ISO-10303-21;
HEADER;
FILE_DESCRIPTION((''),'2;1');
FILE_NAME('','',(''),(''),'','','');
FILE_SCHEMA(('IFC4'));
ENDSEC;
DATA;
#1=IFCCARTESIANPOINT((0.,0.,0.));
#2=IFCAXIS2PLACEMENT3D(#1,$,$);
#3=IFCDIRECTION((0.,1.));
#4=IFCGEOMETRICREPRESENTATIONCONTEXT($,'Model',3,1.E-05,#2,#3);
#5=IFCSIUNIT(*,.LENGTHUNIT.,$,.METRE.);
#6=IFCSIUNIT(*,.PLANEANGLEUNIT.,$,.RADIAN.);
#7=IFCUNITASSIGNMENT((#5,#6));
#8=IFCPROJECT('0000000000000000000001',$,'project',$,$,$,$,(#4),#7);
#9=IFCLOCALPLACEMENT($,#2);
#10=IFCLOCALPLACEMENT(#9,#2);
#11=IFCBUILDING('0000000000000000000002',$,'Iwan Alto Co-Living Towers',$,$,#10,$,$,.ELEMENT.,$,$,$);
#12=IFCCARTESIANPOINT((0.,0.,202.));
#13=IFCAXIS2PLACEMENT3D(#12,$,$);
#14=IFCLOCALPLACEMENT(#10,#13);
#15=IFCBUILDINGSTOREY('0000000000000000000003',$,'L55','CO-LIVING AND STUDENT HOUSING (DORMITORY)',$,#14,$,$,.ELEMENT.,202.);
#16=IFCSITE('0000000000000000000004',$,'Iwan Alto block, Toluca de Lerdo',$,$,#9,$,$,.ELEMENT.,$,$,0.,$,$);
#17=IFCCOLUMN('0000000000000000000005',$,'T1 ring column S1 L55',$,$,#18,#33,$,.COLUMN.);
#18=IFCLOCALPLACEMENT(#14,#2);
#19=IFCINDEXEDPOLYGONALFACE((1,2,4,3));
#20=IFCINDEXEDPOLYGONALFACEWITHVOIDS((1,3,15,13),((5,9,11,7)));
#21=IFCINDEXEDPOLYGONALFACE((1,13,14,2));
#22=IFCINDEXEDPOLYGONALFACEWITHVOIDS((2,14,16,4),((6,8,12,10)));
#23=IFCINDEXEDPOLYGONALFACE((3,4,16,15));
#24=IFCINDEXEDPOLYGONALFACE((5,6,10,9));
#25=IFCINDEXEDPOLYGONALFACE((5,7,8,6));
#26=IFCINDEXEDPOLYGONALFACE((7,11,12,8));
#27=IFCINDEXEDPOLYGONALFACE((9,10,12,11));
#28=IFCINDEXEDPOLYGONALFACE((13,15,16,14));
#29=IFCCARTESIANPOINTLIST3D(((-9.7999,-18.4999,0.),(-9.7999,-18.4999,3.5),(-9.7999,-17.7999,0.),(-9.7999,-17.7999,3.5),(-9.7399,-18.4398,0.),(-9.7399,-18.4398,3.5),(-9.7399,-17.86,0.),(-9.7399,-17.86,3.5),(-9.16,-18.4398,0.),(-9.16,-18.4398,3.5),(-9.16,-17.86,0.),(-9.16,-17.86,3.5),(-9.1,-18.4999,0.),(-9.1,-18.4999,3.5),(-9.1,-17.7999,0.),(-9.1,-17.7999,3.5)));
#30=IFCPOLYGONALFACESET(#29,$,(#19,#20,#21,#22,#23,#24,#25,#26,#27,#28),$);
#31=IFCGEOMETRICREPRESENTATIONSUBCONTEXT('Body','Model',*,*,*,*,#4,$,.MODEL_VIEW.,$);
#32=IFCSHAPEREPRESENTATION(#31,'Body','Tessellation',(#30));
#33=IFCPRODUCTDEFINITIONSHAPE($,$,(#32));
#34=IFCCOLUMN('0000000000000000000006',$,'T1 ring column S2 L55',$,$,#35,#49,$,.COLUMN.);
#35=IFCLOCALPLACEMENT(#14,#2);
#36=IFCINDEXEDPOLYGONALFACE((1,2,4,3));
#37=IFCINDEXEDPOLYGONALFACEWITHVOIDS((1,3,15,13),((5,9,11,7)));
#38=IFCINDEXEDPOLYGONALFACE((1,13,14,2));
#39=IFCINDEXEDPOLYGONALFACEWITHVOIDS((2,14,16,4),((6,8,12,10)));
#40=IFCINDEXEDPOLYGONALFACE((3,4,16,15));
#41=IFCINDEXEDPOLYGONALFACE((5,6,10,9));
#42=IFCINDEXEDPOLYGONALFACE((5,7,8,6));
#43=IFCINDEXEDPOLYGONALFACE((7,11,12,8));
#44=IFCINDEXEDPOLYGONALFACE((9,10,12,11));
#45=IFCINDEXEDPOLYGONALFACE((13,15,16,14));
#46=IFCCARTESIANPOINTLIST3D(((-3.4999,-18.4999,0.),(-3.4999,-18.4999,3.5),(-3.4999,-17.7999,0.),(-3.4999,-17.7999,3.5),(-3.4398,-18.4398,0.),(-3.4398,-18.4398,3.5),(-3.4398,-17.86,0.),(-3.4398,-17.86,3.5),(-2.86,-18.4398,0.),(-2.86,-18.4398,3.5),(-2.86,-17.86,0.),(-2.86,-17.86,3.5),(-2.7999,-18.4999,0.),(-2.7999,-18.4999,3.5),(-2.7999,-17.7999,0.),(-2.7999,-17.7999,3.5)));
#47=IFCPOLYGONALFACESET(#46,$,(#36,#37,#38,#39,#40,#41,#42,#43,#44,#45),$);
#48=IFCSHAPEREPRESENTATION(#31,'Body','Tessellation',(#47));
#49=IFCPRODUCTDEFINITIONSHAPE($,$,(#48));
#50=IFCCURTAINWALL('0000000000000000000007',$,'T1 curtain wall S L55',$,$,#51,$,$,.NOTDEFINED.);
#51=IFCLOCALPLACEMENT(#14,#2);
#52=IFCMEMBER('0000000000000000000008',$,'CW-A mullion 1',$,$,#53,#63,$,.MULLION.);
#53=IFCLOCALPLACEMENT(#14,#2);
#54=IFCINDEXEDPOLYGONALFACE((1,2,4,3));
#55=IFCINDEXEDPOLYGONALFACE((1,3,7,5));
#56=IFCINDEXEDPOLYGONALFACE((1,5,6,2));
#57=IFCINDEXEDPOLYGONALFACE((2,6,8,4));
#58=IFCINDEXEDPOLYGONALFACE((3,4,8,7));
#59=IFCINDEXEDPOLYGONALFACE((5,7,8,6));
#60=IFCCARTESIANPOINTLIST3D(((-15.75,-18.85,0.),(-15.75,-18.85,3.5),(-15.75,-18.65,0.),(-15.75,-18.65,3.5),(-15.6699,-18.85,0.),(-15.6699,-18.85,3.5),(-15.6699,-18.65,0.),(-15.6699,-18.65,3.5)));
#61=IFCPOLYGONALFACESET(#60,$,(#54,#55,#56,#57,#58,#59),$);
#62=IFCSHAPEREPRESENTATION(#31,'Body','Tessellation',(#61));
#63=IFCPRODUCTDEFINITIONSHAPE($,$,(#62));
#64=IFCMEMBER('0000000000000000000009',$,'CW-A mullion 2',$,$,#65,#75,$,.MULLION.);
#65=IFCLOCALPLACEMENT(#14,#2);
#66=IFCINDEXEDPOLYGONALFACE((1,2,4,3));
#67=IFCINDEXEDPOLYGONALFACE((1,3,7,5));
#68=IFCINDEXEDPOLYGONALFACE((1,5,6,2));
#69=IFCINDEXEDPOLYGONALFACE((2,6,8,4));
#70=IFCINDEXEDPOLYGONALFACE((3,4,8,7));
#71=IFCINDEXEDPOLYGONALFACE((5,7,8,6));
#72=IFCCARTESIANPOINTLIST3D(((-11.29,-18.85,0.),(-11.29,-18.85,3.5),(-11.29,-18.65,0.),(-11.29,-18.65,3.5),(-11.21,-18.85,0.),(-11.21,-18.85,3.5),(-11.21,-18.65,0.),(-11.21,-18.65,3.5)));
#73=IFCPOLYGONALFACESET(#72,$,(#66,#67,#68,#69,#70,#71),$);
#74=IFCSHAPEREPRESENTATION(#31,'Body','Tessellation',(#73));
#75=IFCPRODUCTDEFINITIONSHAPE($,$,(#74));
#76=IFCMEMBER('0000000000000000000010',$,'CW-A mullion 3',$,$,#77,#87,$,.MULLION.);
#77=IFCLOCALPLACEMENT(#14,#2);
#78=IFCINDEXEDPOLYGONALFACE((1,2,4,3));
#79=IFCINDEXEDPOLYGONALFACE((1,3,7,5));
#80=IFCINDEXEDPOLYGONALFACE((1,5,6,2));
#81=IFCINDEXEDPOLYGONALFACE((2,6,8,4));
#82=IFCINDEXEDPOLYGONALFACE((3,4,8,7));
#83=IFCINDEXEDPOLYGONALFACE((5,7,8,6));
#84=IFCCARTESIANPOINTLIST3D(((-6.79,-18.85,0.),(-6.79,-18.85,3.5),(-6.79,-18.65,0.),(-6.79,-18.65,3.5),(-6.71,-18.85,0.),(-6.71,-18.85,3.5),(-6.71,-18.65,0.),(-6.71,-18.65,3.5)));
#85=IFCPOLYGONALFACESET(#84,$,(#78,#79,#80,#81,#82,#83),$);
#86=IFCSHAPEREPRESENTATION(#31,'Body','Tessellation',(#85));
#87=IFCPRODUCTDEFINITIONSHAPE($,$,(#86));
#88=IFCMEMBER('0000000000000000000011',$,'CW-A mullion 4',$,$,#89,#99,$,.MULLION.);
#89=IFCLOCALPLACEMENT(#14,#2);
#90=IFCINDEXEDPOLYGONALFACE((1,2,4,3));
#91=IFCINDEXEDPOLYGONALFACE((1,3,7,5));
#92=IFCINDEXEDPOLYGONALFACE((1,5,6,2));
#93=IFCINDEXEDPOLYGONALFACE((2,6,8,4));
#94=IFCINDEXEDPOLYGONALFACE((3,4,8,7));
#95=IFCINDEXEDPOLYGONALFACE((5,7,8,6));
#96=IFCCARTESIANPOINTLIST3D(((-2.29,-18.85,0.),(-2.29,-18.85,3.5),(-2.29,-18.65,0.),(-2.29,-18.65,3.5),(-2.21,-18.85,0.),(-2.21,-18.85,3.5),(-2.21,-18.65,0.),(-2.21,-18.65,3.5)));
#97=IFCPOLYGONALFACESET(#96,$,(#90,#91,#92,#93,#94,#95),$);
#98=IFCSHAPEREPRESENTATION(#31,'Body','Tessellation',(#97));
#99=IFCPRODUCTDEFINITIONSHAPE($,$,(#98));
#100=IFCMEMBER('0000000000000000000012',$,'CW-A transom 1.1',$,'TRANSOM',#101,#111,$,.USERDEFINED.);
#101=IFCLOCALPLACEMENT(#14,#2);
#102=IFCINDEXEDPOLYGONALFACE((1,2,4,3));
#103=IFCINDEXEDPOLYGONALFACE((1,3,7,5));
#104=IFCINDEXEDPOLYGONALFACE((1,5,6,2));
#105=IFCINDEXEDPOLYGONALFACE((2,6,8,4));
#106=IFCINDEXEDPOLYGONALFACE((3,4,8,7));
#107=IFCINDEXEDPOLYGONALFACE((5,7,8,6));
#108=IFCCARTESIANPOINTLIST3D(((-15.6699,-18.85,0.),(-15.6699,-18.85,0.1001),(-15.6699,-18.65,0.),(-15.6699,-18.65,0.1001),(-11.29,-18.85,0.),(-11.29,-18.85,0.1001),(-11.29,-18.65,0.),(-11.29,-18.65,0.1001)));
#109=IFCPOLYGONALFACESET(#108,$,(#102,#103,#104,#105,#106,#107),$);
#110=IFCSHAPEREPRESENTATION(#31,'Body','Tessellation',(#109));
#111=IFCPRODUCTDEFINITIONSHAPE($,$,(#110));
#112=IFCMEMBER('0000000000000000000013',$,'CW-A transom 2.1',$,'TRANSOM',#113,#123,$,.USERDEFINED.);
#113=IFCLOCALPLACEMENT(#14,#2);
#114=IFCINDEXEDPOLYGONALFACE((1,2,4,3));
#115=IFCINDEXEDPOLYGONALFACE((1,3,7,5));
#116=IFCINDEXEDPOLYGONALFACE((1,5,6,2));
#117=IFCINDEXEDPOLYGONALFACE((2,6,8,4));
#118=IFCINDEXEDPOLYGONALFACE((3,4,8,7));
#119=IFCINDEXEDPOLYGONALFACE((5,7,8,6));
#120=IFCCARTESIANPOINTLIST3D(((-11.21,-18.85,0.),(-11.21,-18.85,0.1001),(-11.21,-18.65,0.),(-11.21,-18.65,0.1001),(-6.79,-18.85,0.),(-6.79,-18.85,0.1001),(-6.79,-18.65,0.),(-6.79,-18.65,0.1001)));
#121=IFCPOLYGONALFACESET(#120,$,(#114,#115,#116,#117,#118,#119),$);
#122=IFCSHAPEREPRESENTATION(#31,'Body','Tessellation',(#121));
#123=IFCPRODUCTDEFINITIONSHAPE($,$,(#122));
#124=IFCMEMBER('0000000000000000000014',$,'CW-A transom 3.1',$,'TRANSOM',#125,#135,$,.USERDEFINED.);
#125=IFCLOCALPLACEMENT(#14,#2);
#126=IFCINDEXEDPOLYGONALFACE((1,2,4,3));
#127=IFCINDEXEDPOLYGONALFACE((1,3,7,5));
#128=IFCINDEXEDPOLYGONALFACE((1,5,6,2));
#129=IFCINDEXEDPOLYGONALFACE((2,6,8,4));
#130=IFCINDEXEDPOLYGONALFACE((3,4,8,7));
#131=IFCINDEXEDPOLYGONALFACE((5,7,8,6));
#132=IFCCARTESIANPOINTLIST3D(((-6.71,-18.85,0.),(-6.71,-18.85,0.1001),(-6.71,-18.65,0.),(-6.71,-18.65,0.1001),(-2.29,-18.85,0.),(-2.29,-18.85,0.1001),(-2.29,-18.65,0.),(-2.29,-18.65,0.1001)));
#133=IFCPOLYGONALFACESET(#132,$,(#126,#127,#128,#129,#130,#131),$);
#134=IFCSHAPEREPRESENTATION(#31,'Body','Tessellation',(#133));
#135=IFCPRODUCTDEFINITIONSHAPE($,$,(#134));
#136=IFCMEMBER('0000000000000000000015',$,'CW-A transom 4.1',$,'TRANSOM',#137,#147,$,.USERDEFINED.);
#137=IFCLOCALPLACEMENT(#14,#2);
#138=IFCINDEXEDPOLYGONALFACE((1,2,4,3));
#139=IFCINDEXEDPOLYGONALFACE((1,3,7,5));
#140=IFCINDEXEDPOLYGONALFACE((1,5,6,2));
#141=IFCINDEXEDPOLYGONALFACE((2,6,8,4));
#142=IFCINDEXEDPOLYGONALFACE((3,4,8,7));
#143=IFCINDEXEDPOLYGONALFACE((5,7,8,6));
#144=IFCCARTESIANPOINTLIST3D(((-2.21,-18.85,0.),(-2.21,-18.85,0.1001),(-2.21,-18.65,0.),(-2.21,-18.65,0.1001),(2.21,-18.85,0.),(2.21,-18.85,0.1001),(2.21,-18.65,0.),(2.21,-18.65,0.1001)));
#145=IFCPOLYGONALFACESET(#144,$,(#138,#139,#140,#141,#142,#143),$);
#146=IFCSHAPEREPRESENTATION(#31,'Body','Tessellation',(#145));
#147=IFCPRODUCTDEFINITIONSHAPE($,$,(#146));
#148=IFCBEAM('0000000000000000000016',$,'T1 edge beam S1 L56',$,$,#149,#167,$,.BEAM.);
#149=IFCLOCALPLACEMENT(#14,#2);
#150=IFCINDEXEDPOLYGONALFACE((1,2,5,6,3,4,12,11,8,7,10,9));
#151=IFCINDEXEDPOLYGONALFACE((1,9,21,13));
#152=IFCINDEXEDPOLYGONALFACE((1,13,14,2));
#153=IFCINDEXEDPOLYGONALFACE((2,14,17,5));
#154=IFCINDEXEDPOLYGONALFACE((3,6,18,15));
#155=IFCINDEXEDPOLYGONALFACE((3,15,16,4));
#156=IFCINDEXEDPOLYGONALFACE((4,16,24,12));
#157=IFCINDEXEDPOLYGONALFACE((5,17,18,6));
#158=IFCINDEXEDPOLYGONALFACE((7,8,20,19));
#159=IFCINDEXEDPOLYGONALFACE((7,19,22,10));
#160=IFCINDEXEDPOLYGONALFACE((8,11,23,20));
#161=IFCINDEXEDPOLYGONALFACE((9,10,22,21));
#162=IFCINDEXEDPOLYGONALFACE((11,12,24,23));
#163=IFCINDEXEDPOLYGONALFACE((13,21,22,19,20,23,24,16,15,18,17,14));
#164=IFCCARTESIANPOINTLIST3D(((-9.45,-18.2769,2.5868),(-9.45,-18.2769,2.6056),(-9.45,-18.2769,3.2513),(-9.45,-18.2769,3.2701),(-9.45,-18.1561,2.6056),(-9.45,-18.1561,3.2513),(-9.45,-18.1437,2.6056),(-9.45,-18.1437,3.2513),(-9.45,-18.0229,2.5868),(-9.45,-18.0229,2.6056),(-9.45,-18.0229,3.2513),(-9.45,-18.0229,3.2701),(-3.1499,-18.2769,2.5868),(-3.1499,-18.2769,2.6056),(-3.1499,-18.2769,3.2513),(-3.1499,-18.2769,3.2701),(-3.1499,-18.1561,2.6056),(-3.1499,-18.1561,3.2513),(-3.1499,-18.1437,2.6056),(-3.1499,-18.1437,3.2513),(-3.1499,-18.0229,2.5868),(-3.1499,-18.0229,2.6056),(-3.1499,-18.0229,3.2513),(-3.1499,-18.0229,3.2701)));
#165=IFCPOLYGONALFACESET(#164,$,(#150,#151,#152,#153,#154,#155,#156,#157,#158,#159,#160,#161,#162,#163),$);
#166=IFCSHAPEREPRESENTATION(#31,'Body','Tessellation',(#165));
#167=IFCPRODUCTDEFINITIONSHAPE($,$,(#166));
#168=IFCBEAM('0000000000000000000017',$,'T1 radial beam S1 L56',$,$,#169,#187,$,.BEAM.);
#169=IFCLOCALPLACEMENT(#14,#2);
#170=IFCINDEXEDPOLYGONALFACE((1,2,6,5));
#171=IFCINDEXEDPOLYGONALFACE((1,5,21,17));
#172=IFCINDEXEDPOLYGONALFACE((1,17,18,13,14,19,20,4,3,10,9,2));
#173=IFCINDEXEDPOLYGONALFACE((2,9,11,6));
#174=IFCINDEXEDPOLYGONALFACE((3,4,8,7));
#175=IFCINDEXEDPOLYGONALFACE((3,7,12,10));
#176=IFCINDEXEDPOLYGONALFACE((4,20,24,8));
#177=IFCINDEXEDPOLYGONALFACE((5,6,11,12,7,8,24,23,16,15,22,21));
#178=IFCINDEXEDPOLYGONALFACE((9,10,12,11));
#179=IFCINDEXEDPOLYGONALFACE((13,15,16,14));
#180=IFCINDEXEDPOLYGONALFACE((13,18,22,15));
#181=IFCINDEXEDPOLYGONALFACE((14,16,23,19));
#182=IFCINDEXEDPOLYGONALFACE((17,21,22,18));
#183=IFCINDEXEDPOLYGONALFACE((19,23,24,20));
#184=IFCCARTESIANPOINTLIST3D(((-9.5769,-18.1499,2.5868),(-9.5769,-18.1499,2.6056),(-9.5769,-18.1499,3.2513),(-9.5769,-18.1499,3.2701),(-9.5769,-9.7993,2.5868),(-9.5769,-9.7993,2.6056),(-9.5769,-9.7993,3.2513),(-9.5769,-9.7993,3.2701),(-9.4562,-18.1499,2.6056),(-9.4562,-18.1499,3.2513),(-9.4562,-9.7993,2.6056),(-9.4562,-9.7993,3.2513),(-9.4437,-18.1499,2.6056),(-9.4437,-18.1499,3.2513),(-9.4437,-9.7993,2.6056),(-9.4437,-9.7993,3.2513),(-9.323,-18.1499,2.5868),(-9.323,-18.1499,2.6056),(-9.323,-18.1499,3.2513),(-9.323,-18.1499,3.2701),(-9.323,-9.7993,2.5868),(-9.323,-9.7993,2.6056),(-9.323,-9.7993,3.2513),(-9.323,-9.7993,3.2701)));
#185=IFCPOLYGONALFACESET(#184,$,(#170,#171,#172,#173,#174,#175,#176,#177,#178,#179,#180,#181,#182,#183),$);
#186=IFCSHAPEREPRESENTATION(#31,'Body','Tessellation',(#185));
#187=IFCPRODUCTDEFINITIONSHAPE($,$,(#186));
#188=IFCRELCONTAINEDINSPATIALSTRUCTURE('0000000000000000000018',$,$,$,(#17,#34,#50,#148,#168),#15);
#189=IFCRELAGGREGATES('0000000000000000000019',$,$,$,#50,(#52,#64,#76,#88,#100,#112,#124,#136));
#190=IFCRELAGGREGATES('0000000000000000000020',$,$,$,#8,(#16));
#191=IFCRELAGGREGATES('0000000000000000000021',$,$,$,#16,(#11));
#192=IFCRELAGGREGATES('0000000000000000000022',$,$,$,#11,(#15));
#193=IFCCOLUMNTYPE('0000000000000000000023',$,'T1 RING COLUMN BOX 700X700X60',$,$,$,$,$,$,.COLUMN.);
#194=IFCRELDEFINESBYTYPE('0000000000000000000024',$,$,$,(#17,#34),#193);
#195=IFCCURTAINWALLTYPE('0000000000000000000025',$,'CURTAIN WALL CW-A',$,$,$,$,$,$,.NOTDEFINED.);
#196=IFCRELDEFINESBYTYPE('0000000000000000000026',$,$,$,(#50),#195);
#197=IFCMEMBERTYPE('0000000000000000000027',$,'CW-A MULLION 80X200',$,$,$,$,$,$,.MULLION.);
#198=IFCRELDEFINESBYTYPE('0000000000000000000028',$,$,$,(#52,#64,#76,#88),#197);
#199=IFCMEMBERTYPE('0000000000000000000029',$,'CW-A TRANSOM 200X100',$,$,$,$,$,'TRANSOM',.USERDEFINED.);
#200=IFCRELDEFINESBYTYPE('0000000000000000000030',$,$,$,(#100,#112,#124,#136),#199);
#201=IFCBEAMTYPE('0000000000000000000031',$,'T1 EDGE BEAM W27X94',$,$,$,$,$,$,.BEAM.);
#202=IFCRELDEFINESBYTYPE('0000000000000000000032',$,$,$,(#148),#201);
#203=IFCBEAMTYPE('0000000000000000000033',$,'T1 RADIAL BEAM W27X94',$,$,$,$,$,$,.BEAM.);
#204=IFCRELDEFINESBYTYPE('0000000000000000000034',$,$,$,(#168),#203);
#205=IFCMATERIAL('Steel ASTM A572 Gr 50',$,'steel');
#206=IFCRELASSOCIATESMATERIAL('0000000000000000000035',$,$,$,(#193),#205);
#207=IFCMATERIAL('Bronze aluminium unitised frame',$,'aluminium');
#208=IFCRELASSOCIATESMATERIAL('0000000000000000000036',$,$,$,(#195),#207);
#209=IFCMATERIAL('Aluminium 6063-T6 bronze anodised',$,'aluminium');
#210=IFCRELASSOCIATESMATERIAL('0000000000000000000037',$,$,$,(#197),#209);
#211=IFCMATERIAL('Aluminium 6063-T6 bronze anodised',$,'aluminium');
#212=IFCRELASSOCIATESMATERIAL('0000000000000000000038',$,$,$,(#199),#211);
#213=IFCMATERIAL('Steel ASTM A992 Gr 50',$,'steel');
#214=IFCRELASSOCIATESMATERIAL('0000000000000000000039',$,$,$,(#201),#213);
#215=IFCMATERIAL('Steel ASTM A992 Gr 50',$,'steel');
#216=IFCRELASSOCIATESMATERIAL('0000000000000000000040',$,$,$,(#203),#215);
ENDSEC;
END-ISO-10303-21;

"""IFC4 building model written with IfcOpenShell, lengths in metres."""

from ifc_helpers import new_model, si_unit, direction, frame, origin, origin_2d, place, context, subcontext, project, spatial, rectangle, hollow_rectangle, i_section, extrude, material, material_profile, profile_set, type_object, element, aggregate, save


model = new_model("IFC4")

# Units and contexts
model_context = context("Model", 3, precision=1e-05, world=origin(), true_north=direction((0.0, 1.0)))
body_context = subcontext(model_context, "Body", "Model", "MODEL_VIEW")
ifc_project = project(units=[si_unit("LENGTHUNIT", "METRE"), si_unit("PLANEANGLEUNIT", "RADIAN")], contexts=[model_context])

# Site, building, storey
site_placement = place(None, origin())
site = spatial("IfcSite", under=ifc_project, at=site_placement, Name="Iwan Alto block, Toluca de Lerdo", CompositionType="ELEMENT", RefElevation=0.0)
building_placement = place(site_placement, origin())
building = spatial("IfcBuilding", under=site, at=building_placement, Name="Iwan Alto Co-Living Towers", CompositionType="ELEMENT")
storey_placement = place(building_placement, frame((0.0, 0.0, 202.0)))
storey = spatial("IfcBuildingStorey", under=building, at=storey_placement, Name="L55", Description="CO-LIVING AND STUDENT HOUSING (DORMITORY)", CompositionType="ELEMENT", Elevation=202.0)

# Columns
ifc_material_1 = material(Name="Steel ASTM A572 Gr 50", Category="steel")
ifc_material_profile_1 = material_profile(ifc_material_1, hollow_rectangle(XDim=0.7, YDim=0.7, WallThickness=0.0601, at=origin_2d()), Name="BOX 700X700X60")
ifc_profile_set_1 = profile_set([ifc_material_profile_1], Name="Steel ASTM A572 Gr 50")
column_type = type_object("IfcColumnType", Name="T1 RING COLUMN BOX 700X700X60", PredefinedType="COLUMN", material=ifc_profile_set_1)
for number, where, z_axis, x_axis, name in (
    (1, (-9.45, -18.1499, 0.0), (0.0, 0.0, 1.0), (1.0, 0.0, 0.0), "T1 ring column S1 L55"),
    (2, (-3.1499, -18.1499, 0.0), (0.0, 0.0, 1.0), (1.0, 0.0, 0.0), "T1 ring column S2 L55"),
):
    element("IfcColumn", number, at=place(storey_placement, frame(where, z_axis=z_axis, x_axis=x_axis)), inside=storey, type_object=column_type, Name=name, PredefinedType="COLUMN", context=body_context, shape_type="SweptSolid", body=[
        extrude(hollow_rectangle(XDim=0.7, YDim=0.7, WallThickness=0.0601, at=origin_2d()), origin(), (0.0, 0.0, 1.0), 3.5),
    ])

# Curtain wall, members
ifc_material_2 = material(Name="Bronze aluminium unitised frame", Category="aluminium")
curtain_wall_type = type_object("IfcCurtainWallType", Name="CURTAIN WALL CW-A", PredefinedType="NOTDEFINED", material=ifc_material_2)
curtain_wall_placement = place(storey_placement, origin())
curtain_wall = element("IfcCurtainWall", 3, at=curtain_wall_placement, inside=storey, type_object=curtain_wall_type, Name="T1 curtain wall S L55", PredefinedType="NOTDEFINED")
ifc_material_3 = material(Name="Aluminium 6063-T6 bronze anodised", Category="aluminium")
ifc_material_profile_2 = material_profile(ifc_material_3, rectangle(XDim=0.2, YDim=0.0801, at=origin_2d()), Name="AL 80X200")
ifc_profile_set_2 = profile_set([ifc_material_profile_2], Name="Aluminium 6063-T6 bronze anodised")
member_type_1 = type_object("IfcMemberType", Name="CW-A MULLION 80X200", PredefinedType="MULLION", material=ifc_profile_set_2)
member_1_placement = place(storey_placement, frame((-15.71, -18.75, 0.0), z_axis=(0.0, 0.0, 1.0), x_axis=(0.0, 1.0, 0.0)))
member_1 = element("IfcMember", 4, at=member_1_placement, type_object=member_type_1, Name="CW-A mullion 1", PredefinedType="MULLION", context=body_context, shape_type="SweptSolid", body=[
    extrude(rectangle(XDim=0.2, YDim=0.0801, at=origin_2d()), origin(), (0.0, 0.0, 1.0), 3.5),
])
member_2_placement = place(storey_placement, frame((-11.25, -18.75, 0.0), z_axis=(0.0, 0.0, 1.0), x_axis=(0.0, 1.0, 0.0)))
member_2 = element("IfcMember", 5, at=member_2_placement, type_object=member_type_1, Name="CW-A mullion 2", PredefinedType="MULLION", context=body_context, shape_type="SweptSolid", body=[
    extrude(rectangle(XDim=0.2, YDim=0.0801, at=origin_2d()), origin(), (0.0, 0.0, 1.0), 3.5),
])
member_3_placement = place(storey_placement, frame((-6.75, -18.75, 0.0), z_axis=(0.0, 0.0, 1.0), x_axis=(0.0, 1.0, 0.0)))
member_3 = element("IfcMember", 6, at=member_3_placement, type_object=member_type_1, Name="CW-A mullion 3", PredefinedType="MULLION", context=body_context, shape_type="SweptSolid", body=[
    extrude(rectangle(XDim=0.2, YDim=0.0801, at=origin_2d()), origin(), (0.0, 0.0, 1.0), 3.5),
])
member_4_placement = place(storey_placement, frame((-2.25, -18.75, 0.0), z_axis=(0.0, 0.0, 1.0), x_axis=(0.0, 1.0, 0.0)))
member_4 = element("IfcMember", 7, at=member_4_placement, type_object=member_type_1, Name="CW-A mullion 4", PredefinedType="MULLION", context=body_context, shape_type="SweptSolid", body=[
    extrude(rectangle(XDim=0.2, YDim=0.0801, at=origin_2d()), origin(), (0.0, 0.0, 1.0), 3.5),
])
ifc_material_4 = material(Name="Aluminium 6063-T6 bronze anodised", Category="aluminium")
ifc_material_profile_3 = material_profile(ifc_material_4, rectangle(XDim=0.2, YDim=0.1001, at=origin_2d()), Name="AL 200X100")
ifc_profile_set_3 = profile_set([ifc_material_profile_3], Name="Aluminium 6063-T6 bronze anodised")
member_type_2 = type_object("IfcMemberType", Name="CW-A TRANSOM 200X100", ElementType="TRANSOM", PredefinedType="USERDEFINED", material=ifc_profile_set_3)
member_5_placement = place(storey_placement, frame((-15.6699, -18.75, 0.05), z_axis=(1.0, 0.0, 0.0), x_axis=(0.0, 1.0, 0.0)))
member_5 = element("IfcMember", 8, at=member_5_placement, type_object=member_type_2, Name="CW-A transom 1.1", ObjectType="TRANSOM", PredefinedType="USERDEFINED", context=body_context, shape_type="SweptSolid", body=[
    extrude(rectangle(XDim=0.2, YDim=0.1001, at=origin_2d()), origin(), (0.0, 0.0, 1.0), 4.3799),
])
member_6_placement = place(storey_placement, frame((-11.21, -18.75, 0.05), z_axis=(1.0, 0.0, 0.0), x_axis=(0.0, 1.0, 0.0)))
member_6 = element("IfcMember", 9, at=member_6_placement, type_object=member_type_2, Name="CW-A transom 2.1", ObjectType="TRANSOM", PredefinedType="USERDEFINED", context=body_context, shape_type="SweptSolid", body=[
    extrude(rectangle(XDim=0.2, YDim=0.1001, at=origin_2d()), origin(), (0.0, 0.0, 1.0), 4.4199),
])
member_7_placement = place(storey_placement, frame((-6.71, -18.75, 0.05), z_axis=(1.0, 0.0, 0.0), x_axis=(0.0, 1.0, 0.0)))
member_7 = element("IfcMember", 10, at=member_7_placement, type_object=member_type_2, Name="CW-A transom 3.1", ObjectType="TRANSOM", PredefinedType="USERDEFINED", context=body_context, shape_type="SweptSolid", body=[
    extrude(rectangle(XDim=0.2, YDim=0.1001, at=origin_2d()), origin(), (0.0, 0.0, 1.0), 4.4199),
])
member_8_placement = place(storey_placement, frame((-2.21, -18.75, 0.05), z_axis=(1.0, 0.0, 0.0), x_axis=(0.0, 1.0, 0.0)))
member_8 = element("IfcMember", 11, at=member_8_placement, type_object=member_type_2, Name="CW-A transom 4.1", ObjectType="TRANSOM", PredefinedType="USERDEFINED", context=body_context, shape_type="SweptSolid", body=[
    extrude(rectangle(XDim=0.2, YDim=0.1001, at=origin_2d()), origin(), (0.0, 0.0, 1.0), 4.4199),
])

# Beams
ifc_material_5 = material(Name="Steel ASTM A992 Gr 50", Category="steel")
ifc_material_profile_4 = material_profile(ifc_material_5, i_section(OverallWidth=0.2539, OverallDepth=0.6833, WebThickness=0.0125, FlangeThickness=0.0188, at=origin_2d()), Name="W27X94")
ifc_profile_set_4 = profile_set([ifc_material_profile_4], Name="Steel ASTM A992 Gr 50")
beam_type_1 = type_object("IfcBeamType", Name="T1 EDGE BEAM W27X94", PredefinedType="BEAM", material=ifc_profile_set_4)
beam_1_placement = place(storey_placement, frame((-9.45, -18.1499, 2.9285), z_axis=(1.0, 0.0, 0.0), x_axis=(0.0, 1.0, 0.0)))
element("IfcBeam", 12, at=beam_1_placement, inside=storey, type_object=beam_type_1, Name="T1 edge beam S1 L56", PredefinedType="BEAM", context=body_context, shape_type="SweptSolid", body=[
    extrude(i_section(OverallWidth=0.2539, OverallDepth=0.6833, WebThickness=0.0125, FlangeThickness=0.0188, at=origin_2d()), origin(), (0.0, 0.0, 1.0), 6.3),
])
ifc_material_6 = material(Name="Steel ASTM A992 Gr 50", Category="steel")
ifc_material_profile_5 = material_profile(ifc_material_6, i_section(OverallWidth=0.2539, OverallDepth=0.6833, WebThickness=0.0125, FlangeThickness=0.0188, at=origin_2d()), Name="W27X94")
ifc_profile_set_5 = profile_set([ifc_material_profile_5], Name="Steel ASTM A992 Gr 50")
beam_type_2 = type_object("IfcBeamType", Name="T1 RADIAL BEAM W27X94", PredefinedType="BEAM", material=ifc_profile_set_5)
beam_2_placement = place(storey_placement, frame((-9.45, -18.1499, 2.9285), z_axis=(0.0, 1.0, 0.0), x_axis=(-1.0, 0.0, 0.0)))
element("IfcBeam", 13, at=beam_2_placement, inside=storey, type_object=beam_type_2, Name="T1 radial beam S1 L56", PredefinedType="BEAM", context=body_context, shape_type="SweptSolid", body=[
    extrude(i_section(OverallWidth=0.2539, OverallDepth=0.6833, WebThickness=0.0125, FlangeThickness=0.0188, at=origin_2d()), origin(), (0.0, 0.0, 1.0), 8.3506),
])

aggregate(curtain_wall, [member_1, member_2, member_3, member_4, member_5, member_6, member_7, member_8])

save(model, "model.ifc")
